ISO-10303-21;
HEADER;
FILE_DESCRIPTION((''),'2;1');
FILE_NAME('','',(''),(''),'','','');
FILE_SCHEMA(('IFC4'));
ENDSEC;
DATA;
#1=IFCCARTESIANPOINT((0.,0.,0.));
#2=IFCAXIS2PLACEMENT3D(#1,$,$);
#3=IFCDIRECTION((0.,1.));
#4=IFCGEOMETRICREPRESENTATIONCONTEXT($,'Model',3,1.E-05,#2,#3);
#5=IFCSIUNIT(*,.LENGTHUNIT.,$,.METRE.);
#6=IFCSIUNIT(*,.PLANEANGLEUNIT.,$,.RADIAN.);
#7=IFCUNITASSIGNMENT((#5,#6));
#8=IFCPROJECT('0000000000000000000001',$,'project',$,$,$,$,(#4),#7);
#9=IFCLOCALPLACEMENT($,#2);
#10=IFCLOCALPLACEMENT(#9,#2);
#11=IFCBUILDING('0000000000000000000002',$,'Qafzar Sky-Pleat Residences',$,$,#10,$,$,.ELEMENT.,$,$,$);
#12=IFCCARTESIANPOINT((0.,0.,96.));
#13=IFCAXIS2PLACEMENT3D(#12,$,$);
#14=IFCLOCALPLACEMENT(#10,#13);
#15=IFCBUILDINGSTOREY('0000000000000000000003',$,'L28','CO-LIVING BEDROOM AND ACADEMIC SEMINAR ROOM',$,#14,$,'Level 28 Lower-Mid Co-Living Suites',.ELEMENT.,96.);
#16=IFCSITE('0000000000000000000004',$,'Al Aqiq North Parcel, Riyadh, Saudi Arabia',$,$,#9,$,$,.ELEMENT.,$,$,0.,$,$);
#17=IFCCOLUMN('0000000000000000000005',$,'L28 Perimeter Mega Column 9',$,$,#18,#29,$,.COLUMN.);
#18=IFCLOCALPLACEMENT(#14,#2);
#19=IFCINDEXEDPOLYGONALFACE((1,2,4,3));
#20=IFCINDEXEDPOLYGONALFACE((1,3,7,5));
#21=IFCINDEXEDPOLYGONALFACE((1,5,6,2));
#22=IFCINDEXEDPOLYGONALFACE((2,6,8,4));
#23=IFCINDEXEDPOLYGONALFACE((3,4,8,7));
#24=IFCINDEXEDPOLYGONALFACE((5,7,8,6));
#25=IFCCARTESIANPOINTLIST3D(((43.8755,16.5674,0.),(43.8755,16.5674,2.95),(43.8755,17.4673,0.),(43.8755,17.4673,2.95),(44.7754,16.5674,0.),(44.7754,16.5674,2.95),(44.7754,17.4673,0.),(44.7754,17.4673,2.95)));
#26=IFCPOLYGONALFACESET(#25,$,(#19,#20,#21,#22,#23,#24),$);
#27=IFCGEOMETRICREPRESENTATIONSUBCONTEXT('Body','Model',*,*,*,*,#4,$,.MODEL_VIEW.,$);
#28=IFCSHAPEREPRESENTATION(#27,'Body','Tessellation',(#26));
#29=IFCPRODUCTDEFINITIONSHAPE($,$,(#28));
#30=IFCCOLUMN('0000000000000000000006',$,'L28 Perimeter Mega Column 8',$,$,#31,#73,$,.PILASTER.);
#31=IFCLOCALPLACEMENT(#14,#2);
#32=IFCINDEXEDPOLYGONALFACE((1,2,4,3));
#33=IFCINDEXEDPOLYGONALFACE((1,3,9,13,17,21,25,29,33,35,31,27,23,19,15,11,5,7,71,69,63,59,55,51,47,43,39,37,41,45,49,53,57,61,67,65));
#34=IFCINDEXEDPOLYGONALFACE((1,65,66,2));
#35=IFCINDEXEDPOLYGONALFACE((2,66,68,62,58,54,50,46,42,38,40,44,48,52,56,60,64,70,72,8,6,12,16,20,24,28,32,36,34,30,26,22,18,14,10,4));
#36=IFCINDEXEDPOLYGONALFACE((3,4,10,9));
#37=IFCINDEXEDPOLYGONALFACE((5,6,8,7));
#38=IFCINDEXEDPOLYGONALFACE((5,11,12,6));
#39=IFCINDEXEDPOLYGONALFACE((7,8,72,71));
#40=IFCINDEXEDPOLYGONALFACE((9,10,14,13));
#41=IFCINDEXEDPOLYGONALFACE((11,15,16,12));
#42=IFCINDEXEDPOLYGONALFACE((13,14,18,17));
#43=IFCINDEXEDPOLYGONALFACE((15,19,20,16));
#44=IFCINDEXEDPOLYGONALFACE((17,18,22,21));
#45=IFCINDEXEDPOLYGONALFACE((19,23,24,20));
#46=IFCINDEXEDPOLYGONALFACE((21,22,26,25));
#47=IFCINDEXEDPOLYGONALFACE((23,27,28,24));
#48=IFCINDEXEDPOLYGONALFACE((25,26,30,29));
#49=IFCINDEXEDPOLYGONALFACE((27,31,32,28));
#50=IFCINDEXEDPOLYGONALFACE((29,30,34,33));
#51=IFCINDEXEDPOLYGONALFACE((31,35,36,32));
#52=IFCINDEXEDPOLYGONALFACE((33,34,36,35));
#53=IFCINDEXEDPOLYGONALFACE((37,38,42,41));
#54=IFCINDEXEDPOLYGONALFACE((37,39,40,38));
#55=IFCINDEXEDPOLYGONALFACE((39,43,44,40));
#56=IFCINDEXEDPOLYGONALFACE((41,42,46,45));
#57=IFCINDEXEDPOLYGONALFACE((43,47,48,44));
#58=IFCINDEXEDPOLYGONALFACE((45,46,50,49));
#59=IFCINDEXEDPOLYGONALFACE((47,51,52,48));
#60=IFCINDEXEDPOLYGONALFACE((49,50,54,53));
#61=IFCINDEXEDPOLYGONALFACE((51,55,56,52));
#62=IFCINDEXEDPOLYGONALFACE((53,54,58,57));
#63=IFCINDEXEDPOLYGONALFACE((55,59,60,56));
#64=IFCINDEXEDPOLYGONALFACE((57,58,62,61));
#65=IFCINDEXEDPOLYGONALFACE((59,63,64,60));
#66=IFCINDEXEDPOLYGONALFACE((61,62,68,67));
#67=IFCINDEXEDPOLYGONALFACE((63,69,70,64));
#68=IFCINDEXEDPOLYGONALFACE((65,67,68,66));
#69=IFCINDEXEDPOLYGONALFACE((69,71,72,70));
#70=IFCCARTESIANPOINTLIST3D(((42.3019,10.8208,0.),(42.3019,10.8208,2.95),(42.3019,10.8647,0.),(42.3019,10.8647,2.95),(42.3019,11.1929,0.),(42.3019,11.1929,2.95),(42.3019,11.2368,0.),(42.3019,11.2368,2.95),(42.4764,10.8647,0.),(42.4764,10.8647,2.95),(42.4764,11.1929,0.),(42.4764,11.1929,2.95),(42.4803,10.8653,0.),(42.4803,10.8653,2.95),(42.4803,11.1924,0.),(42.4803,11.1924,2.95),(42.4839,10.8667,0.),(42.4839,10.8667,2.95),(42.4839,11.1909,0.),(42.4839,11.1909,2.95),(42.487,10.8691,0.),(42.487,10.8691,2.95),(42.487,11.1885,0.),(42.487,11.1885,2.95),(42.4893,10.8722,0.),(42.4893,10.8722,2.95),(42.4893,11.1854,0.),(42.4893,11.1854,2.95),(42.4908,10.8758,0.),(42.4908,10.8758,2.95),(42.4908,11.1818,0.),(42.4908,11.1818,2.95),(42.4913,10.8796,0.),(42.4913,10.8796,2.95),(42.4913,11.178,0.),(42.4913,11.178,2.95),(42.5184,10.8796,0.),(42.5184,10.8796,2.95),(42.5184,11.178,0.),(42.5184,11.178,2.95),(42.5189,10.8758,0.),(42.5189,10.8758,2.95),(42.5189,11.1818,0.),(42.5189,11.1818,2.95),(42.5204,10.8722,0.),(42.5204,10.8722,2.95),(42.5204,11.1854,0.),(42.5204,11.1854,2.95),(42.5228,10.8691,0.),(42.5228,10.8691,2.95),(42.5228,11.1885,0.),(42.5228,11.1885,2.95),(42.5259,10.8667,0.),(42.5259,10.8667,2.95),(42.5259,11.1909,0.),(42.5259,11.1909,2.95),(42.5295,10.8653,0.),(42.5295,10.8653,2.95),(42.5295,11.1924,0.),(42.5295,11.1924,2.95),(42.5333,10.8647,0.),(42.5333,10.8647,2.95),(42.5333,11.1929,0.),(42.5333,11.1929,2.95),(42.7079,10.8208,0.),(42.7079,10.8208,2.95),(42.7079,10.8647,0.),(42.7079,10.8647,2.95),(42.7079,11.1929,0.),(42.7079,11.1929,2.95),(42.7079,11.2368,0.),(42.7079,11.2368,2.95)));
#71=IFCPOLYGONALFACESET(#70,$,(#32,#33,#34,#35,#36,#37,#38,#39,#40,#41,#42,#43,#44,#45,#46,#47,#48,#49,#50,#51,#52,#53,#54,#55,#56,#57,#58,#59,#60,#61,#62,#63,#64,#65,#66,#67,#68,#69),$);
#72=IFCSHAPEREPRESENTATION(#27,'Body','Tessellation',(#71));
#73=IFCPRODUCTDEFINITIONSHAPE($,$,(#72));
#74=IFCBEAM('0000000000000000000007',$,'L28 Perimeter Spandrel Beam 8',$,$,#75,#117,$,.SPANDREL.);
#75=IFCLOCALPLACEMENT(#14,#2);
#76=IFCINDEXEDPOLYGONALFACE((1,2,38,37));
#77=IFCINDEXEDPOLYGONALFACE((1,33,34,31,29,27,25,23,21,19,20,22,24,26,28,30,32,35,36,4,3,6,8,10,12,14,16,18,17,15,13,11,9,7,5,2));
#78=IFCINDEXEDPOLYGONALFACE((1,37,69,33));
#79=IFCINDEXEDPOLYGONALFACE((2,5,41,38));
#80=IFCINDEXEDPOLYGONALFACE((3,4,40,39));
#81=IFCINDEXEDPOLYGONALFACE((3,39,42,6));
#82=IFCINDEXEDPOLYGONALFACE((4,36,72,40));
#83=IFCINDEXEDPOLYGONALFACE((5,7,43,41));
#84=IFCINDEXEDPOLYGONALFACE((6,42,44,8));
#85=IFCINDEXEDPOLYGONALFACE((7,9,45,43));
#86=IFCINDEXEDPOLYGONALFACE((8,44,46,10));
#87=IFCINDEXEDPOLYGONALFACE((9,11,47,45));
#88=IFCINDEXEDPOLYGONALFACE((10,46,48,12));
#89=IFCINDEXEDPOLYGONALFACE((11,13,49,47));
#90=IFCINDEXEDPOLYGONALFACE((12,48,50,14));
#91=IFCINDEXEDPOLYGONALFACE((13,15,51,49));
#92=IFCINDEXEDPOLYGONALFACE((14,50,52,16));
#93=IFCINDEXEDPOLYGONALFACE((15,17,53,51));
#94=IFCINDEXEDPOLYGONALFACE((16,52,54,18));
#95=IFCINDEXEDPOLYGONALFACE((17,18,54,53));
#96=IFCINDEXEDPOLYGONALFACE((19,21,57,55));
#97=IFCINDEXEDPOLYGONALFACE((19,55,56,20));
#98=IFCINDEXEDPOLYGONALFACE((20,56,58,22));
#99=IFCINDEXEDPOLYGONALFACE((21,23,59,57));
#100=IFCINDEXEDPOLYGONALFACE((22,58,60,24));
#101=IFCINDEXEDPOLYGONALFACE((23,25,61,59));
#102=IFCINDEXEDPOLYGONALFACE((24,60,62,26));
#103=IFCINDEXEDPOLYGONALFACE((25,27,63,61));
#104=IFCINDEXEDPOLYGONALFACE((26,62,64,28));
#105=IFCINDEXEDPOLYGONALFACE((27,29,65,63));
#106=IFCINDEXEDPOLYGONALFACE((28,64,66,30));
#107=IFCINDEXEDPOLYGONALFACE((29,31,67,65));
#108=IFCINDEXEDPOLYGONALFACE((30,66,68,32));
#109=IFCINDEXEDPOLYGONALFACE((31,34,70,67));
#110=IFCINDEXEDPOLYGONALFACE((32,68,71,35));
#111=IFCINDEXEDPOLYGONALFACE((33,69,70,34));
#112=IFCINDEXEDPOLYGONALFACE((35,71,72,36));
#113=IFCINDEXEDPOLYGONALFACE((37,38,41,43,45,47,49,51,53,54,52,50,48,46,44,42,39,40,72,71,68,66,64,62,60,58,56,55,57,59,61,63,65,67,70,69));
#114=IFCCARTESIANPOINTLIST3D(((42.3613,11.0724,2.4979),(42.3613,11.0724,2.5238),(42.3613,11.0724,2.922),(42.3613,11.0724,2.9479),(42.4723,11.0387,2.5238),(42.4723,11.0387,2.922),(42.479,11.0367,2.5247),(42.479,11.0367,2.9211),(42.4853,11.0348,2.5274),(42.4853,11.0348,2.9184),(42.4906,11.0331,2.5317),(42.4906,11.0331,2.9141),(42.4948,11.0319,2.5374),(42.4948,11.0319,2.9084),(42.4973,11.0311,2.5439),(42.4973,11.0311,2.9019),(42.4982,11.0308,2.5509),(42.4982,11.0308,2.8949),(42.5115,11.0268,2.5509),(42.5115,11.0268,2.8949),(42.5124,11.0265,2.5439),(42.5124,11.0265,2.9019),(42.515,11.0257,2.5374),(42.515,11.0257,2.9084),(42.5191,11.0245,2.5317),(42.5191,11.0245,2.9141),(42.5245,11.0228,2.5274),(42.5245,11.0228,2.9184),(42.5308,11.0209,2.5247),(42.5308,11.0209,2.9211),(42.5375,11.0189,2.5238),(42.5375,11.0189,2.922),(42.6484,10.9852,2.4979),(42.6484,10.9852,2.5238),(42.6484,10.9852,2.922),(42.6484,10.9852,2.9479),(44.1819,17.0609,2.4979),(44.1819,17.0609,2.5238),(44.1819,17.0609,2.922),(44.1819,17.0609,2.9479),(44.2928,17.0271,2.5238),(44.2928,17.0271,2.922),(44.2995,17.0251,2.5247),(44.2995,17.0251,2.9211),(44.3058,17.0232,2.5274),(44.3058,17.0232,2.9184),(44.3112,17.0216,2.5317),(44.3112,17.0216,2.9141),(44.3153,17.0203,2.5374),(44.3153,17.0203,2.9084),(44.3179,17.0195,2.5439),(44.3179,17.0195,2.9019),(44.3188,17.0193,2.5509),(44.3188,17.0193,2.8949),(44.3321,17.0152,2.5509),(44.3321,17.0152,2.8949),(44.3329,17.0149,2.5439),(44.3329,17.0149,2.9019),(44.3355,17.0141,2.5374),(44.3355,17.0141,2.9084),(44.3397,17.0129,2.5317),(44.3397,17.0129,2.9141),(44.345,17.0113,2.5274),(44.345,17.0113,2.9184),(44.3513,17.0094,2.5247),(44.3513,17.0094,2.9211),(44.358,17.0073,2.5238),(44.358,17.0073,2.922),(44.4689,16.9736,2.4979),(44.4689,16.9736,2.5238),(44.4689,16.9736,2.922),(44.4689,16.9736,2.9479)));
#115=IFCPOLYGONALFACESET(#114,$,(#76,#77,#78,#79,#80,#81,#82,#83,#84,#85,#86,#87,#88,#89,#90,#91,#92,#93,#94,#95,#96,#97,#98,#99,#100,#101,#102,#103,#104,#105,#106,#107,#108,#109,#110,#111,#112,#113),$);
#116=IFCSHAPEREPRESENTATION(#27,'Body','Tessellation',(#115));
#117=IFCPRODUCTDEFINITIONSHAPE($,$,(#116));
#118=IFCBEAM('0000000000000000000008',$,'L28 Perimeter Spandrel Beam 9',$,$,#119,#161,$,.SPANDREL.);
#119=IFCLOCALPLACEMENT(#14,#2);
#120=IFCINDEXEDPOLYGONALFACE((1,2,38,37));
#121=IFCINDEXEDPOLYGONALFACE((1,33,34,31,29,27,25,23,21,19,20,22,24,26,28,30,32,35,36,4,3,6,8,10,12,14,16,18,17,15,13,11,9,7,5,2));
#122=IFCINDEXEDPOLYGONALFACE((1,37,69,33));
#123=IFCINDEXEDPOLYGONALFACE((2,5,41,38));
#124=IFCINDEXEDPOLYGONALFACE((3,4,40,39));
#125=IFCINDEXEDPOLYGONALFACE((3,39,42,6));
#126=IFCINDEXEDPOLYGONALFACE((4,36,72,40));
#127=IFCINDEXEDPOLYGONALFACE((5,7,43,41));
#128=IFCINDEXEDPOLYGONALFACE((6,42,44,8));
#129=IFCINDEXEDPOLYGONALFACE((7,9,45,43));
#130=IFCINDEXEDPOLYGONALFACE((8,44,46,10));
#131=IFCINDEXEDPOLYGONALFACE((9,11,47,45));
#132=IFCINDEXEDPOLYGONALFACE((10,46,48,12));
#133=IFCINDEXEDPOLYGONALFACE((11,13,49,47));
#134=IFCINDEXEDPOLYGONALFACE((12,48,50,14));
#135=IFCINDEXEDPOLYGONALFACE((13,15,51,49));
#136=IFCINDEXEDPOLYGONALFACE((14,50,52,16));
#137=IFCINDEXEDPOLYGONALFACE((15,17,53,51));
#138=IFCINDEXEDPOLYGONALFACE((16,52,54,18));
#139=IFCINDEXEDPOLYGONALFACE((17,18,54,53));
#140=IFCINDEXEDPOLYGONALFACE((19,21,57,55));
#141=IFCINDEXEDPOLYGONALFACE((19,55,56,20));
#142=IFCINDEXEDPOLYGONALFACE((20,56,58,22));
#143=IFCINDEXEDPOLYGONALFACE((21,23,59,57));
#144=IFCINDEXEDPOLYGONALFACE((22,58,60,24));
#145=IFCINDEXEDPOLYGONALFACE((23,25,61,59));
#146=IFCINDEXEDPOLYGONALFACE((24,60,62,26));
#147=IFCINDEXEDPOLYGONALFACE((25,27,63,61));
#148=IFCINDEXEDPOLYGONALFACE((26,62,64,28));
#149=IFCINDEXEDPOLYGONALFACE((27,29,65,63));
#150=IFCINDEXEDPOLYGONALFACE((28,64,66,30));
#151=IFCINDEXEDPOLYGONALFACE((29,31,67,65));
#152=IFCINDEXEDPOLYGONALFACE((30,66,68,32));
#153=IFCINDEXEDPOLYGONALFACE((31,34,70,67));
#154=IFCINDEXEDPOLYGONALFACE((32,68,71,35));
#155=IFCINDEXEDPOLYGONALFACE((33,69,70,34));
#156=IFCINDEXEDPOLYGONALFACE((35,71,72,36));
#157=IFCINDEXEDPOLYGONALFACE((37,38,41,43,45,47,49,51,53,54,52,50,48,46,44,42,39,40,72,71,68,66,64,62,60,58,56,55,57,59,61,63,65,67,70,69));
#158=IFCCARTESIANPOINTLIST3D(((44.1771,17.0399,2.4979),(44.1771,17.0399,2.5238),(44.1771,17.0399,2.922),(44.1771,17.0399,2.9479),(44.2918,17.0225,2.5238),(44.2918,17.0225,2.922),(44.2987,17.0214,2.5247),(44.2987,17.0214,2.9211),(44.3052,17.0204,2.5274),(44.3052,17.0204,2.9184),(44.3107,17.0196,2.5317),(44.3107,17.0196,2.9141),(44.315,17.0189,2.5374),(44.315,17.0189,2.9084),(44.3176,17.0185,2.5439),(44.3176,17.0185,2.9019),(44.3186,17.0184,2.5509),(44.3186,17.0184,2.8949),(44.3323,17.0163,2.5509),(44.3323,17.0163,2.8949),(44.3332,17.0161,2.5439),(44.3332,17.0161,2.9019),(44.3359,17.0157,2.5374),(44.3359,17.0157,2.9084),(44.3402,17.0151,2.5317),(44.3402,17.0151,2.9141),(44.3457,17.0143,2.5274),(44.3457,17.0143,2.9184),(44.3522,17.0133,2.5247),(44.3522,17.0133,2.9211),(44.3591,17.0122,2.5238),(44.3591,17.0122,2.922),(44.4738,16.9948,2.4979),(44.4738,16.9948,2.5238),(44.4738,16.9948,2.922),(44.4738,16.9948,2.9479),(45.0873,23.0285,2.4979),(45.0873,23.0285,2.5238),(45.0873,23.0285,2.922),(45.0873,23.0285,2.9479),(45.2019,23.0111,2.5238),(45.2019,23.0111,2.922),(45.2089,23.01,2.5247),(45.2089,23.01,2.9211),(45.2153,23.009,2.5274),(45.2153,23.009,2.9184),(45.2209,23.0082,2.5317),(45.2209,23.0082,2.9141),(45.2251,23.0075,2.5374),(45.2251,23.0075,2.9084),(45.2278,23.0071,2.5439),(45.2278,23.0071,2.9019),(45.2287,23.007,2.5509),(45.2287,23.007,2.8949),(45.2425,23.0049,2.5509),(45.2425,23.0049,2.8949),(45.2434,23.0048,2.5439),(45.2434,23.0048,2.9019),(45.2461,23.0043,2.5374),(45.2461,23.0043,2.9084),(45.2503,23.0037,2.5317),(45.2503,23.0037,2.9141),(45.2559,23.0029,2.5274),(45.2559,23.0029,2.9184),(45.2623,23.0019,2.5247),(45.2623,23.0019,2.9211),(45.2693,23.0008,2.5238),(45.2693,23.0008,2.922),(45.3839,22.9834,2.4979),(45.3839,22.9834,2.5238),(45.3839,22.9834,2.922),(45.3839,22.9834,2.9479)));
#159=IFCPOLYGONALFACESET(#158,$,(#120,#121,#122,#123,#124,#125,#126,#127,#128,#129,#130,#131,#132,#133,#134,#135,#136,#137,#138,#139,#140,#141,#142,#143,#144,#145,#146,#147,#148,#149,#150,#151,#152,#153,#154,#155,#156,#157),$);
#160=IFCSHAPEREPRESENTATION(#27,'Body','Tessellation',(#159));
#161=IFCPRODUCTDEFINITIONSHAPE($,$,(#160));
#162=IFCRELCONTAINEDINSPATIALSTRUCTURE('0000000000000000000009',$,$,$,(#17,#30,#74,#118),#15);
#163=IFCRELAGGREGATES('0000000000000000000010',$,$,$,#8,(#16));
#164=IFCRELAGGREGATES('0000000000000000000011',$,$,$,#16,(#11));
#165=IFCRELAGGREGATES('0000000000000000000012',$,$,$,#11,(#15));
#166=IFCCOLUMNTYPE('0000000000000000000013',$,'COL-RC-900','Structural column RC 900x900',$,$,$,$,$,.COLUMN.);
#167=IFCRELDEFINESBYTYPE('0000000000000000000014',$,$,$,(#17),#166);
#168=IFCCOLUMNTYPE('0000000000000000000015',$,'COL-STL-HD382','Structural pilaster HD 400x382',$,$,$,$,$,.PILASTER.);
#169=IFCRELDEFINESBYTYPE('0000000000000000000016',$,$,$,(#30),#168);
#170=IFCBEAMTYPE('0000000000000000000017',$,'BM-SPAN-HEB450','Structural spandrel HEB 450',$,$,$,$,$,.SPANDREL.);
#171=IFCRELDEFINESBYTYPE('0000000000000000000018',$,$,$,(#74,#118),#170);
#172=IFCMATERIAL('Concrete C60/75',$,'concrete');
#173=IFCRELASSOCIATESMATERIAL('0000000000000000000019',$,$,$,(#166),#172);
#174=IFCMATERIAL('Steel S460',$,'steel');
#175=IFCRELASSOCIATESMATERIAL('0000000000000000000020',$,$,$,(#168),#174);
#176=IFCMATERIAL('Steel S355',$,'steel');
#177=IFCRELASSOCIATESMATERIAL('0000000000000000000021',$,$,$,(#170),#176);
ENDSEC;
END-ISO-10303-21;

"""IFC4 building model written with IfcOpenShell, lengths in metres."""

from ifc_helpers import new_model, si_unit, direction, frame, origin, origin_2d, place, context, subcontext, project, spatial, rectangle, i_section, extrude, source, transform, mapped, material, material_profile, profile_set, type_object, element, save


model = new_model("IFC4")

# Units and contexts
model_context = context("Model", 3, precision=1e-05, world=origin(), true_north=direction((0.0, 1.0)))
body_context = subcontext(model_context, "Body", "Model", "MODEL_VIEW")
ifc_project = project(units=[si_unit("LENGTHUNIT", "METRE"), si_unit("PLANEANGLEUNIT", "RADIAN")], contexts=[model_context])

# Site, building, storey
site_placement = place(None, origin())
site = spatial("IfcSite", under=ifc_project, at=site_placement, Name="Al Aqiq North Parcel, Riyadh, Saudi Arabia", CompositionType="ELEMENT", RefElevation=0.0)
building_placement = place(site_placement, origin())
building = spatial("IfcBuilding", under=site, at=building_placement, Name="Qafzar Sky-Pleat Residences", CompositionType="ELEMENT")
storey_placement = place(building_placement, frame((0.0, 0.0, 96.0)))
storey = spatial("IfcBuildingStorey", under=building, at=storey_placement, Name="L28", Description="CO-LIVING BEDROOM AND ACADEMIC SEMINAR ROOM", LongName="Level 28 Lower-Mid Co-Living Suites", CompositionType="ELEMENT", Elevation=96.0)

# Columns
ifc_material_1 = material(Name="Concrete C60/75", Category="concrete")
ifc_material_profile_1 = material_profile(ifc_material_1, rectangle(XDim=0.8999, YDim=0.8999, at=origin_2d()), Name="RC 900x900")
ifc_profile_set_1 = profile_set([ifc_material_profile_1], Name="Concrete C60/75")
column_type_1 = type_object("IfcColumnType", Name="COL-RC-900", Description="Structural column RC 900x900", PredefinedType="COLUMN", material=ifc_profile_set_1)
shared_shape_1 = source(origin(), body_context, "Body", "SweptSolid", [
    extrude(rectangle(XDim=0.8999, YDim=0.8999, at=origin_2d()), origin(), (0.0, 0.0, 1.0), 2.95),
])
column_1_placement = place(storey_placement, frame((44.3254, 17.0173, 0.0), z_axis=(0.0, 0.0, 1.0), x_axis=(1.0, 0.0, 0.0)))
element("IfcColumn", 1, at=column_1_placement, inside=storey, type_object=column_type_1, Name="L28 Perimeter Mega Column 9", PredefinedType="COLUMN", context=body_context, shape_type="MappedRepresentation", body=[
    mapped(shared_shape_1, transform((0.0, 0.0, 0.0), x_axis=(1.0, 0.0, 0.0), y_axis=(0.0, 1.0, 0.0), z_axis=(0.0, 0.0, 1.0), scale=1.0)),
])
ifc_material_2 = material(Name="Steel S460", Category="steel")
ifc_material_profile_2 = material_profile(ifc_material_2, i_section(OverallWidth=0.406, OverallDepth=0.416, WebThickness=0.0271, FlangeThickness=0.0439, FilletRadius=0.0149, at=origin_2d()), Name="HD 400x382")
ifc_profile_set_2 = profile_set([ifc_material_profile_2], Name="Steel S460")
column_type_2 = type_object("IfcColumnType", Name="COL-STL-HD382", Description="Structural pilaster HD 400x382", PredefinedType="PILASTER", material=ifc_profile_set_2)
shared_shape_2 = source(origin(), body_context, "Body", "SweptSolid", [
    extrude(i_section(OverallWidth=0.406, OverallDepth=0.416, WebThickness=0.0271, FlangeThickness=0.0439, FilletRadius=0.0149, at=origin_2d()), origin(), (0.0, 0.0, 1.0), 2.95),
])
column_2_placement = place(storey_placement, frame((42.5049, 11.0288, 0.0), z_axis=(0.0, 0.0, 1.0), x_axis=(1.0, 0.0, 0.0)))
element("IfcColumn", 2, at=column_2_placement, inside=storey, type_object=column_type_2, Name="L28 Perimeter Mega Column 8", PredefinedType="PILASTER", context=body_context, shape_type="MappedRepresentation", body=[
    mapped(shared_shape_2, transform((0.0, 0.0, 0.0), x_axis=(1.0, 0.0, 0.0), y_axis=(0.0, 1.0, 0.0), z_axis=(0.0, 0.0, 1.0), scale=1.0)),
])

# Beams
ifc_material_3 = material(Name="Steel S355", Category="steel")
ifc_material_profile_3 = material_profile(ifc_material_3, i_section(OverallWidth=0.3, OverallDepth=0.45, WebThickness=0.0139, FlangeThickness=0.0259, FilletRadius=0.0271, at=origin_2d()), Name="HEB 450")
ifc_profile_set_3 = profile_set([ifc_material_profile_3], Name="Steel S355")
beam_type = type_object("IfcBeamType", Name="BM-SPAN-HEB450", Description="Structural spandrel HEB 450", PredefinedType="SPANDREL", material=ifc_profile_set_3)
shared_shape_3 = source(origin(), body_context, "Body", "SweptSolid", [
    extrude(i_section(OverallWidth=0.3, OverallDepth=0.45, WebThickness=0.0139, FlangeThickness=0.0259, FilletRadius=0.0271, at=origin_2d()), origin(), (0.0, 0.0, 1.0), 6.259),
])
beam_1_placement = place(storey_placement, frame((42.5049, 11.0288, 2.7229), z_axis=(0.290864, 0.956765, 0.0), x_axis=(-0.956765, 0.290864, 0.0)))
element("IfcBeam", 3, at=beam_1_placement, inside=storey, type_object=beam_type, Name="L28 Perimeter Spandrel Beam 8", PredefinedType="SPANDREL", context=body_context, shape_type="MappedRepresentation", body=[
    mapped(shared_shape_3, transform((0.0, 0.0, 0.0), x_axis=(1.0, 0.0, 0.0), y_axis=(0.0, 1.0, 0.0), z_axis=(0.0, 0.0, 1.0), scale=1.0)),
])
shared_shape_4 = source(origin(), body_context, "Body", "SweptSolid", [
    extrude(i_section(OverallWidth=0.3, OverallDepth=0.45, WebThickness=0.0139, FlangeThickness=0.0259, FilletRadius=0.0271, at=origin_2d()), origin(), (0.0, 0.0, 1.0), 6.0574),
])
beam_2_placement = place(storey_placement, frame((44.3254, 17.0173, 2.7229), z_axis=(0.150258, 0.988647, 0.0), x_axis=(-0.988647, 0.150258, 0.0)))
element("IfcBeam", 4, at=beam_2_placement, inside=storey, type_object=beam_type, Name="L28 Perimeter Spandrel Beam 9", PredefinedType="SPANDREL", context=body_context, shape_type="MappedRepresentation", body=[
    mapped(shared_shape_4, transform((0.0, 0.0, 0.0), x_axis=(1.0, 0.0, 0.0), y_axis=(0.0, 1.0, 0.0), z_axis=(0.0, 0.0, 1.0), scale=1.0)),
])

save(model, "model.ifc")
